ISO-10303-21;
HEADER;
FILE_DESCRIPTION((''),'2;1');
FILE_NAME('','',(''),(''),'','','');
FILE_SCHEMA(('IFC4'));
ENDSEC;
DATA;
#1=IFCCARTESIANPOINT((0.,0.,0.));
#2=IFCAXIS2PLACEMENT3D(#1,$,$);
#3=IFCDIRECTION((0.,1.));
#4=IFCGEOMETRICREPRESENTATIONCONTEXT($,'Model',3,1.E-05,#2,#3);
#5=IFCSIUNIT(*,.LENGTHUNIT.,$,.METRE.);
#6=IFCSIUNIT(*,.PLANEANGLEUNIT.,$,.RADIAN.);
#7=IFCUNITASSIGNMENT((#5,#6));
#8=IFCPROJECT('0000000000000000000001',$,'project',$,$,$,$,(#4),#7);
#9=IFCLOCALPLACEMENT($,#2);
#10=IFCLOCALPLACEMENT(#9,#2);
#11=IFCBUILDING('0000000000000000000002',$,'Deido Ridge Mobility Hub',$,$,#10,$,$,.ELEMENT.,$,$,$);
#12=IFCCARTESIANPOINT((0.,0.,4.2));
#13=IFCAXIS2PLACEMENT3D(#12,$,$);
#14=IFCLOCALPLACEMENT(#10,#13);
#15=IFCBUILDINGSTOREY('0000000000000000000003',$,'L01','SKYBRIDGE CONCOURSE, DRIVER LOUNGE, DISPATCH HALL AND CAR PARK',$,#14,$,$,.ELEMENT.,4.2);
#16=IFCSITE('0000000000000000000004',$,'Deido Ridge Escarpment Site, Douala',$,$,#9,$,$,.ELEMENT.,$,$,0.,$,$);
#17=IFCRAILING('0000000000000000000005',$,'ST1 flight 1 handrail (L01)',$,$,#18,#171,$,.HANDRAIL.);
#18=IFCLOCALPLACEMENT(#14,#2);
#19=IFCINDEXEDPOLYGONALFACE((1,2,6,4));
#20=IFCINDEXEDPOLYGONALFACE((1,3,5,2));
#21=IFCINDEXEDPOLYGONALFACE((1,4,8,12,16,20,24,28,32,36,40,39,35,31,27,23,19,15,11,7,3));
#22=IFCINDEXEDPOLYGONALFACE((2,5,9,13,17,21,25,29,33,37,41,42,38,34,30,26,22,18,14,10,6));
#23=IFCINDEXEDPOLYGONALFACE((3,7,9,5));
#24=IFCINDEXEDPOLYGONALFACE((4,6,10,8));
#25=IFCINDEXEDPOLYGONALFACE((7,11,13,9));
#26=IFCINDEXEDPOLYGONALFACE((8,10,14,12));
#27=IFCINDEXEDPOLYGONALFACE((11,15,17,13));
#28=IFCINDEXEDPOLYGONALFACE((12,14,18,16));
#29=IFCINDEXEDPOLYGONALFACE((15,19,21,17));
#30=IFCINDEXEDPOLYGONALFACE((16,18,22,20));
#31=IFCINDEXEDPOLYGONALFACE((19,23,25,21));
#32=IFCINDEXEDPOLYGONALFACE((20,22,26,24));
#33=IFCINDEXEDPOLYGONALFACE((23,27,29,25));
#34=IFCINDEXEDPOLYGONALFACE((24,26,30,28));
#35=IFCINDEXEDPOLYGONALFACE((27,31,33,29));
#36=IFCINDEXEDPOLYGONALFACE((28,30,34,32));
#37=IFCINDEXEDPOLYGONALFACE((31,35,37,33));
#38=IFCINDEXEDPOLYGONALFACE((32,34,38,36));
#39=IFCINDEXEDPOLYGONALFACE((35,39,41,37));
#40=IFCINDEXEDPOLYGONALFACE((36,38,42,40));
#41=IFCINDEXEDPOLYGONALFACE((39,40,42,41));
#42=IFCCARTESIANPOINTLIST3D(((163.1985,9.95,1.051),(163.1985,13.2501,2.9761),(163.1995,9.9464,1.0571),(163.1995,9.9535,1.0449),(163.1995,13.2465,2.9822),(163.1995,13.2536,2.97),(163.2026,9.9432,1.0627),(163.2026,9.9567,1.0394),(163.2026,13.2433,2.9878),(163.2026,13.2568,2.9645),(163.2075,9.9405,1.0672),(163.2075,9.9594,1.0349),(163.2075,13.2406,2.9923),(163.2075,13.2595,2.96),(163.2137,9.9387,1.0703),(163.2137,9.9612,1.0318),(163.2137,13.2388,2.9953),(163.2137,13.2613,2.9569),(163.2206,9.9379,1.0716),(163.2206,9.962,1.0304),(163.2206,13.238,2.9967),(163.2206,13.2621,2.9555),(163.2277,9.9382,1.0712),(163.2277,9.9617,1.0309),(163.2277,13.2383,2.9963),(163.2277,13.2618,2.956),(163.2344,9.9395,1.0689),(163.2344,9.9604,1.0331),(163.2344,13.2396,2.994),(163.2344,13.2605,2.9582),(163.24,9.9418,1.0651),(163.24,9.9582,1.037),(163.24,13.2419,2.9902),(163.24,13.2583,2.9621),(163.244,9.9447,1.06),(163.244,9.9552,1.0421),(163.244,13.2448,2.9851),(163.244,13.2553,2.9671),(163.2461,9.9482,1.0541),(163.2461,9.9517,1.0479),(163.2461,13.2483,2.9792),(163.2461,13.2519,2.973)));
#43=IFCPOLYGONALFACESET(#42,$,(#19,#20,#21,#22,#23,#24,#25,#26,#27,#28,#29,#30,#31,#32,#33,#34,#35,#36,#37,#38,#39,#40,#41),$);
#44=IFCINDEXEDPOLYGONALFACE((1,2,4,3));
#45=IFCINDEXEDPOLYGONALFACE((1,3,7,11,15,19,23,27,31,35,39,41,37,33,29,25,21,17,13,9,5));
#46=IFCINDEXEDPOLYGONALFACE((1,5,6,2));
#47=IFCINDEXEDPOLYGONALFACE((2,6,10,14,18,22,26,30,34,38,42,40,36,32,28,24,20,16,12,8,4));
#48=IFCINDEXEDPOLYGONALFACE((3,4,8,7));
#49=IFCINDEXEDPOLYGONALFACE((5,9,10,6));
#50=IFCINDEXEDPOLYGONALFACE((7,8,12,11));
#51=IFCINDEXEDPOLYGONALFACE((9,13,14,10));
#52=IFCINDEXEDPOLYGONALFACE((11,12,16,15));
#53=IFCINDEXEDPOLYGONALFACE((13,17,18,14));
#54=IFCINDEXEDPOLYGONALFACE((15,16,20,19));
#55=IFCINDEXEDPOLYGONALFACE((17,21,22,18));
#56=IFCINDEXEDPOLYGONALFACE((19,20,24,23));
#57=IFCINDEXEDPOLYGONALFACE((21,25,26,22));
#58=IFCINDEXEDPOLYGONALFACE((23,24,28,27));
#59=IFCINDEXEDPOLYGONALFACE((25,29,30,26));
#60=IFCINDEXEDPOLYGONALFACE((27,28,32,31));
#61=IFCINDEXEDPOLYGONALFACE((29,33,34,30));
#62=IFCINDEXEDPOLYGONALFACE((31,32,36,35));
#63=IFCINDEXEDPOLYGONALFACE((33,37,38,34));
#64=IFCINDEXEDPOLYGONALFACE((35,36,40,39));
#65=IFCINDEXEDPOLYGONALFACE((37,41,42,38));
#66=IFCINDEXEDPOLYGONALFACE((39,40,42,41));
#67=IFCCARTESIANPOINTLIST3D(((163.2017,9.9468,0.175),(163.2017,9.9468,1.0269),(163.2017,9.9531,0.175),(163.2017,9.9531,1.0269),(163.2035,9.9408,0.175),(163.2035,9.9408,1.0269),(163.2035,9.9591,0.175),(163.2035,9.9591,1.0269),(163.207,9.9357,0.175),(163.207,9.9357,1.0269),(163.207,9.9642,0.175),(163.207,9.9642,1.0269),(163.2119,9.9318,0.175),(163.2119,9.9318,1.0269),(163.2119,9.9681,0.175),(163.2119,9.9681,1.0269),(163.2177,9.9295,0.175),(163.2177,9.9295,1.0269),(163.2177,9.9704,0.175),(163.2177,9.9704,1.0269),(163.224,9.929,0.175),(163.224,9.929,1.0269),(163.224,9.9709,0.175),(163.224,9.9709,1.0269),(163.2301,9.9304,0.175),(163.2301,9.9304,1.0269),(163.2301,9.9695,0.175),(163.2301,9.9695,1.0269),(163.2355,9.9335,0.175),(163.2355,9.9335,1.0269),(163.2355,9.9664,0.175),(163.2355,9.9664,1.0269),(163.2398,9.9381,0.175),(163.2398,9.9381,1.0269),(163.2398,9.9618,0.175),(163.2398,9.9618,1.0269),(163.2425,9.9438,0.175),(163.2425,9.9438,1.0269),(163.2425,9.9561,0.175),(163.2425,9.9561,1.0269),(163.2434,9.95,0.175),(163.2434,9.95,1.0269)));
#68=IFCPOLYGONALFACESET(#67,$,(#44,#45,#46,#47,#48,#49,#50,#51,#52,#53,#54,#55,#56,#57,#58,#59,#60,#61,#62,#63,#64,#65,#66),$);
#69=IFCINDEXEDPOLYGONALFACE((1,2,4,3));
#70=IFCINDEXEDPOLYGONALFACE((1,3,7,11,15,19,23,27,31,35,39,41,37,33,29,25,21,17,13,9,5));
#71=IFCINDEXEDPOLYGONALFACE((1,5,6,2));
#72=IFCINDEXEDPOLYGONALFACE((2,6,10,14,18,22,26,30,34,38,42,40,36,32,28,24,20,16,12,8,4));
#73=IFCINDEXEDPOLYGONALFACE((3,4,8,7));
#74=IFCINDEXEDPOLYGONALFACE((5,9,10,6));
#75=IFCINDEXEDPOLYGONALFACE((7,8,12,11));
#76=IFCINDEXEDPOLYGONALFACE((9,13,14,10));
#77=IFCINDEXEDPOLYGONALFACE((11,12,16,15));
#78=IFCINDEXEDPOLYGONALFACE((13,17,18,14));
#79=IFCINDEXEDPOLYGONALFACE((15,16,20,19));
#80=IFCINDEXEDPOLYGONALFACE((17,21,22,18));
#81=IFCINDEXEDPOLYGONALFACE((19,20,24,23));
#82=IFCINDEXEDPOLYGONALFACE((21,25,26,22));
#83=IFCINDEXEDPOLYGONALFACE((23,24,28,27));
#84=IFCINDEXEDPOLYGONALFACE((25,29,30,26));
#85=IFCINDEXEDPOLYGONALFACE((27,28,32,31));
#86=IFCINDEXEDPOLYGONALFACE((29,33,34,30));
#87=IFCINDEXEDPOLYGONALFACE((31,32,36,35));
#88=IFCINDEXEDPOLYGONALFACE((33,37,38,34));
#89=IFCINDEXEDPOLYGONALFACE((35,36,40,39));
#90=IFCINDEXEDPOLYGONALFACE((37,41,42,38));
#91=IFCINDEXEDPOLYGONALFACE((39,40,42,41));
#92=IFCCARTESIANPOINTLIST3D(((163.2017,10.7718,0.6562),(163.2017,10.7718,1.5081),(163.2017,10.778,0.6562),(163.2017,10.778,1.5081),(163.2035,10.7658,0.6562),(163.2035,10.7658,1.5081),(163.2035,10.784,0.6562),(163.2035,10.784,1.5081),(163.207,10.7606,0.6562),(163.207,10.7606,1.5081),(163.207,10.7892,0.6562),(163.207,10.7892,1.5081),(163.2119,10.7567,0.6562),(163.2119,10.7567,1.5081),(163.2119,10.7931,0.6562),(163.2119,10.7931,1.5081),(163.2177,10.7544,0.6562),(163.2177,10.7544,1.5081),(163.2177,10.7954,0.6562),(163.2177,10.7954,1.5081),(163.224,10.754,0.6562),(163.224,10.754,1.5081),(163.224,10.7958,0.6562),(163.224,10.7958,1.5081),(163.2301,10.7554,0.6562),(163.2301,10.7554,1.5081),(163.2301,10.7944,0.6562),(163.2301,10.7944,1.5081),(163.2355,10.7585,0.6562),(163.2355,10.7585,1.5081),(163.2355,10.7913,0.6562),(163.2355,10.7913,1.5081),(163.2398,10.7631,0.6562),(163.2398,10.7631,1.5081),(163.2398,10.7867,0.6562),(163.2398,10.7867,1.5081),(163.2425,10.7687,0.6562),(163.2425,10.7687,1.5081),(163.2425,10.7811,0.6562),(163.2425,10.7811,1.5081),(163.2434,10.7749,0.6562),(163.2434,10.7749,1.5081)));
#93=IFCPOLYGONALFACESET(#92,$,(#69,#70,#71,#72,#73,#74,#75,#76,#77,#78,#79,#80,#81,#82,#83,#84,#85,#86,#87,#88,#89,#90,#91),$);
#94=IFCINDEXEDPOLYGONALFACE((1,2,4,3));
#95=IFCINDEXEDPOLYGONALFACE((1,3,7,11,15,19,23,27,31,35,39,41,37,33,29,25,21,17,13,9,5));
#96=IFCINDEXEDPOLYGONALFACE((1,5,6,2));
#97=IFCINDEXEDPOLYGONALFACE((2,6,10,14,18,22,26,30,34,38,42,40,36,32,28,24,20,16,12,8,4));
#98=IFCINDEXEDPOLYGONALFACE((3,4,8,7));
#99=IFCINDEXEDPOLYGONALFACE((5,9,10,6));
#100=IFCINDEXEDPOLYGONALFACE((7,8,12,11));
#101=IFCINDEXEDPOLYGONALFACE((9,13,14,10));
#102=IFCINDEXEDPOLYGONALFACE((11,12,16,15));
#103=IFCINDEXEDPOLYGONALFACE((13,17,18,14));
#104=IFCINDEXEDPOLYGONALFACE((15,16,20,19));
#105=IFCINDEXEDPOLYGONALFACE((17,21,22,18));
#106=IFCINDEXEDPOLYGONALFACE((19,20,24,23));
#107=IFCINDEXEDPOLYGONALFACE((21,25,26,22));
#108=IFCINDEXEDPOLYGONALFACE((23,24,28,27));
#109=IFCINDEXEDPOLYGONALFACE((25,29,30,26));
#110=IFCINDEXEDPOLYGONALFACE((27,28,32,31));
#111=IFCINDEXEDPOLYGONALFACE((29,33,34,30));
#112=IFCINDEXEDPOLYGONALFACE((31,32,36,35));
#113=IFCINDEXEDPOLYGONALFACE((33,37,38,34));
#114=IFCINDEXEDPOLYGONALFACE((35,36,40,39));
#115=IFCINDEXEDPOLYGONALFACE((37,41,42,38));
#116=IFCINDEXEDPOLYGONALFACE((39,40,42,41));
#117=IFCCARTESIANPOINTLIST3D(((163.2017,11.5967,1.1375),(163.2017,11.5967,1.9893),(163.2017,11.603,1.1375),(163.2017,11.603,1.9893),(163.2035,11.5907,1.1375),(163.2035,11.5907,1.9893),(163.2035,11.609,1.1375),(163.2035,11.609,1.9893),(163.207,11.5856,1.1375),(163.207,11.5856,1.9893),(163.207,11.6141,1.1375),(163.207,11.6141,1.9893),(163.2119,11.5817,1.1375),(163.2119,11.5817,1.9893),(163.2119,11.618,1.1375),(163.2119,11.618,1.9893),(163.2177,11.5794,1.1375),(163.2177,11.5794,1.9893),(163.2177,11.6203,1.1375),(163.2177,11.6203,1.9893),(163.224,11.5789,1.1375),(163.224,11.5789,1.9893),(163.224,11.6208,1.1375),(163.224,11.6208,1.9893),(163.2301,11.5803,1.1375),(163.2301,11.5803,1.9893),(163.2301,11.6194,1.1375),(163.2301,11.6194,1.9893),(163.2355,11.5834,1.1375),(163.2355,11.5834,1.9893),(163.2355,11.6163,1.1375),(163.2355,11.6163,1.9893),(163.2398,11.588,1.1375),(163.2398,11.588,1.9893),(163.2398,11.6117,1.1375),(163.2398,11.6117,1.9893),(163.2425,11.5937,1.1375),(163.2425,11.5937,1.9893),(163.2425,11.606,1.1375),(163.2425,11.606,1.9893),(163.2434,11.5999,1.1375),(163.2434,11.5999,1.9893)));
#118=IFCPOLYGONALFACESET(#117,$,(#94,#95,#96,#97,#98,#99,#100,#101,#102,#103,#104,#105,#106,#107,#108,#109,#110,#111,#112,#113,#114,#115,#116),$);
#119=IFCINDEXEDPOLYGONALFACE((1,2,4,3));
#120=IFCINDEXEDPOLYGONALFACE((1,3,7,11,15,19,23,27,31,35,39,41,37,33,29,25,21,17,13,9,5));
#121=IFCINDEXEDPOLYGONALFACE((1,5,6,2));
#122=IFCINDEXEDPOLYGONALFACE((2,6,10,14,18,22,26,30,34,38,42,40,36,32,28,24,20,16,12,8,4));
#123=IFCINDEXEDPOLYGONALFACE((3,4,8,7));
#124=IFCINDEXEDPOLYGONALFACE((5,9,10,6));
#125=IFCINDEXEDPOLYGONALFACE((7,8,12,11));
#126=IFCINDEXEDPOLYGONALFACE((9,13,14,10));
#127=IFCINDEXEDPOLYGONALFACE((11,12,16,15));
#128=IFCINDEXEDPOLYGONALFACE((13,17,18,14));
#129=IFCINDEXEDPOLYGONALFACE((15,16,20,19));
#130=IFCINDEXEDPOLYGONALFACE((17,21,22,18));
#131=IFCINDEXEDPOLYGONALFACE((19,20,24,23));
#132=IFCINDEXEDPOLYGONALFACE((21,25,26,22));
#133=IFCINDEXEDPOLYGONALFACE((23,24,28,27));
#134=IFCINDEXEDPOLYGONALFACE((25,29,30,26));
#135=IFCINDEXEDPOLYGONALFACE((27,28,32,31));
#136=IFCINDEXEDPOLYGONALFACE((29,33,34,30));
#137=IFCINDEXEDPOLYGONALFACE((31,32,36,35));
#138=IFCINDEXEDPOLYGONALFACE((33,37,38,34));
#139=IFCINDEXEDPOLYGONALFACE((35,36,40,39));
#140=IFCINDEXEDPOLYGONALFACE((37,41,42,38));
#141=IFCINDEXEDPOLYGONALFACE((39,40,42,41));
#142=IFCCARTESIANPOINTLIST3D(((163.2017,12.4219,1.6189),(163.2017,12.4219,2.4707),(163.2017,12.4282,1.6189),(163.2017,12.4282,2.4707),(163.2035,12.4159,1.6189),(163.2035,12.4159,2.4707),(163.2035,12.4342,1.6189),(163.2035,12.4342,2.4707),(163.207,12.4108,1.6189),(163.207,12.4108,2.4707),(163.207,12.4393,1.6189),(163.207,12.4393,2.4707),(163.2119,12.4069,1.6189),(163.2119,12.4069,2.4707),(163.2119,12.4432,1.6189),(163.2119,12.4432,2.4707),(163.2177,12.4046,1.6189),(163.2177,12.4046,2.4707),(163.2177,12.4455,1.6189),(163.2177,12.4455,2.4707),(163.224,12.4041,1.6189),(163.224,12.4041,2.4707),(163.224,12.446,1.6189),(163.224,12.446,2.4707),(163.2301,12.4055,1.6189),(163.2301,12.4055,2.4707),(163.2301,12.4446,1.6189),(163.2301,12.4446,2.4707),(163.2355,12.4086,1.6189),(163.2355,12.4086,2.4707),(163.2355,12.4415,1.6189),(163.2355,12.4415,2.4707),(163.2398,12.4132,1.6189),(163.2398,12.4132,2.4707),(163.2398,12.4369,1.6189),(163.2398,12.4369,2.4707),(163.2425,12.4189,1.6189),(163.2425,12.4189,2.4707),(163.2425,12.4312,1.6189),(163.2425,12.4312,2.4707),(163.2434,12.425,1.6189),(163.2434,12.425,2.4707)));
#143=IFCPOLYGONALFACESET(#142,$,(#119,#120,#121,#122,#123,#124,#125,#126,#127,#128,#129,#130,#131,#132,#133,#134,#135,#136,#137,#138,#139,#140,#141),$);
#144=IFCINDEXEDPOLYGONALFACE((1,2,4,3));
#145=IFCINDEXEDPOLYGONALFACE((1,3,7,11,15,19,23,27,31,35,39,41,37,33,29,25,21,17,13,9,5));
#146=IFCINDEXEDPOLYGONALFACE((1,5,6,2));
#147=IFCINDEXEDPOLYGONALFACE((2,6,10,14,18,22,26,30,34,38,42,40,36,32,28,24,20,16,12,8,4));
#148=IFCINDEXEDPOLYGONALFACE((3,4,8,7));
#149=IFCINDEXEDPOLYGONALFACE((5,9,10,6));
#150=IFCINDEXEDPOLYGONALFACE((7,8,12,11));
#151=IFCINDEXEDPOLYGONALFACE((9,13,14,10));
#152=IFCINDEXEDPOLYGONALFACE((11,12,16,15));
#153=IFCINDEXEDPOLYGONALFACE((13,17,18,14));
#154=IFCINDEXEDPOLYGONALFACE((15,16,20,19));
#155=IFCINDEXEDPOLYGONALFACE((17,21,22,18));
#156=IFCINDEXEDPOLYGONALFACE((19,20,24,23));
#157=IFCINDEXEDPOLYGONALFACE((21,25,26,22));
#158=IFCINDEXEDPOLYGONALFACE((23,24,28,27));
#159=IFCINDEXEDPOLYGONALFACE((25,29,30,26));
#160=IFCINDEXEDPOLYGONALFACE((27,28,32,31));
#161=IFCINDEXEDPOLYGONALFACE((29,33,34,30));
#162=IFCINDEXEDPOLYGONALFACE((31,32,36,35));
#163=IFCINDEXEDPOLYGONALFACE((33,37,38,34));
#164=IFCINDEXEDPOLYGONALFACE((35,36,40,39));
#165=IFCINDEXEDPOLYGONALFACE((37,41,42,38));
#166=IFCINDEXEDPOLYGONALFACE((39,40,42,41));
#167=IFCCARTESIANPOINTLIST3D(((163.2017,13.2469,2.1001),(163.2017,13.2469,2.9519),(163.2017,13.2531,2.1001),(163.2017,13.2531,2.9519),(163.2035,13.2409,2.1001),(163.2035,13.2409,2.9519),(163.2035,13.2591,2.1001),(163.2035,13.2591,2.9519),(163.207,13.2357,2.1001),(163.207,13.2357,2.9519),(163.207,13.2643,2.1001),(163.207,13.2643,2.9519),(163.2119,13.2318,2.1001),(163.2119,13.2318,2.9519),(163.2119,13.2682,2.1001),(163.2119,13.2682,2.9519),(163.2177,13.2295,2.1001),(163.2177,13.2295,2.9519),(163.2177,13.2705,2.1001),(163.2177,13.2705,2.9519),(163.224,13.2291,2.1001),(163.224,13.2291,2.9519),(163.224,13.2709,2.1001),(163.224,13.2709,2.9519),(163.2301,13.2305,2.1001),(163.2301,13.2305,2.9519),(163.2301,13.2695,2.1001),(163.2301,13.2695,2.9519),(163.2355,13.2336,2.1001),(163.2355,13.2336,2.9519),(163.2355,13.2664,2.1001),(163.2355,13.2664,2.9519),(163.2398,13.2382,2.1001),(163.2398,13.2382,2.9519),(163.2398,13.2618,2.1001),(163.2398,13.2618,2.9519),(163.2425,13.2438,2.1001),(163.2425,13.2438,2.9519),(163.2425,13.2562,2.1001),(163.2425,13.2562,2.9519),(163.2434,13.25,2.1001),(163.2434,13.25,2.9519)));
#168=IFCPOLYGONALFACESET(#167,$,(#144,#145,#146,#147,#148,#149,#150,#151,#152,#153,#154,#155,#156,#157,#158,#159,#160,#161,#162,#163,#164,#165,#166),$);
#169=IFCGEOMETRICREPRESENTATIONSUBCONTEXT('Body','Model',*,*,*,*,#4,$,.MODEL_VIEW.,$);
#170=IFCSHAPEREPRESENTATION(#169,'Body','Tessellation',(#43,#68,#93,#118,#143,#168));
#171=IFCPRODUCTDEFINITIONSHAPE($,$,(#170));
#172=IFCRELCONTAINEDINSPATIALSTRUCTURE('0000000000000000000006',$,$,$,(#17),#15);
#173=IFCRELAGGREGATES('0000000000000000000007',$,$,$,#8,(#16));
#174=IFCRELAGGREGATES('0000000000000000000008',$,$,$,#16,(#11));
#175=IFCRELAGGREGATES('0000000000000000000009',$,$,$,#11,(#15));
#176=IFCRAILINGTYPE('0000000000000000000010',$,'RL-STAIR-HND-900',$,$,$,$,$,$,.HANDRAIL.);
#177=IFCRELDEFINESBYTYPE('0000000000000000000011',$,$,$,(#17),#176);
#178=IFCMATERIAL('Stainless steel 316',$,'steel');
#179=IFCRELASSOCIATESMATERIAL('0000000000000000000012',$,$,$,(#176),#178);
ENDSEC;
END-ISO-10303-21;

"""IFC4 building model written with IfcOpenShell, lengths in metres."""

from ifc_helpers import new_model, si_unit, direction, frame, origin, origin_2d, place, context, subcontext, project, spatial, circle, extrude, material, type_object, element, save


model = new_model("IFC4")

# Units and contexts
model_context = context("Model", 3, precision=1e-05, world=origin(), true_north=direction((0.0, 1.0)))
body_context = subcontext(model_context, "Body", "Model", "MODEL_VIEW")
ifc_project = project(units=[si_unit("LENGTHUNIT", "METRE"), si_unit("PLANEANGLEUNIT", "RADIAN")], contexts=[model_context])

# Site, building, storey
site_placement = place(None, origin())
site = spatial("IfcSite", under=ifc_project, at=site_placement, Name="Deido Ridge Escarpment Site, Douala", CompositionType="ELEMENT", RefElevation=0.0)
building_placement = place(site_placement, origin())
building = spatial("IfcBuilding", under=site, at=building_placement, Name="Deido Ridge Mobility Hub", CompositionType="ELEMENT")
storey_placement = place(building_placement, frame((0.0, 0.0, 4.2)))
storey = spatial("IfcBuildingStorey", under=building, at=storey_placement, Name="L01", Description="SKYBRIDGE CONCOURSE, DRIVER LOUNGE, DISPATCH HALL AND CAR PARK", CompositionType="ELEMENT", Elevation=4.2)

# Railing
ifc_material_1 = material(Name="Stainless steel 316", Category="steel")
railing_type_1 = type_object("IfcRailingType", Name="RL-STAIR-HND-900", PredefinedType="HANDRAIL", material=ifc_material_1)
railing_1_placement = place(storey_placement, frame((163.2224, 9.95, 0.175)))
element("IfcRailing", 1, at=railing_1_placement, inside=storey, type_object=railing_type_1, Name="ST1 flight 1 handrail (L01)", PredefinedType="HANDRAIL", context=body_context, shape_type="SweptSolid", body=[
    extrude(circle(Radius=0.0239, at=origin_2d()), frame((0.0, 0.0, 0.876), z_axis=(0.0, 0.863777, 0.503875), x_axis=(-1.0, 0.0, 0.0)), (0.0, 0.0, 1.0), 3.8206),
    extrude(circle(Radius=0.021, at=origin_2d()), origin(), (0.0, 0.0, 1.0), 0.8518),
    extrude(circle(Radius=0.021, at=origin_2d()), frame((0.0, 0.825, 0.4812)), (0.0, 0.0, 1.0), 0.8518),
    extrude(circle(Radius=0.021, at=origin_2d()), frame((0.0, 1.6499, 0.9624)), (0.0, 0.0, 1.0), 0.8518),
    extrude(circle(Radius=0.021, at=origin_2d()), frame((0.0, 2.4751, 1.4438)), (0.0, 0.0, 1.0), 0.8518),
    extrude(circle(Radius=0.021, at=origin_2d()), frame((0.0, 3.3, 1.925)), (0.0, 0.0, 1.0), 0.8518),
])

save(model, "model.ifc")
